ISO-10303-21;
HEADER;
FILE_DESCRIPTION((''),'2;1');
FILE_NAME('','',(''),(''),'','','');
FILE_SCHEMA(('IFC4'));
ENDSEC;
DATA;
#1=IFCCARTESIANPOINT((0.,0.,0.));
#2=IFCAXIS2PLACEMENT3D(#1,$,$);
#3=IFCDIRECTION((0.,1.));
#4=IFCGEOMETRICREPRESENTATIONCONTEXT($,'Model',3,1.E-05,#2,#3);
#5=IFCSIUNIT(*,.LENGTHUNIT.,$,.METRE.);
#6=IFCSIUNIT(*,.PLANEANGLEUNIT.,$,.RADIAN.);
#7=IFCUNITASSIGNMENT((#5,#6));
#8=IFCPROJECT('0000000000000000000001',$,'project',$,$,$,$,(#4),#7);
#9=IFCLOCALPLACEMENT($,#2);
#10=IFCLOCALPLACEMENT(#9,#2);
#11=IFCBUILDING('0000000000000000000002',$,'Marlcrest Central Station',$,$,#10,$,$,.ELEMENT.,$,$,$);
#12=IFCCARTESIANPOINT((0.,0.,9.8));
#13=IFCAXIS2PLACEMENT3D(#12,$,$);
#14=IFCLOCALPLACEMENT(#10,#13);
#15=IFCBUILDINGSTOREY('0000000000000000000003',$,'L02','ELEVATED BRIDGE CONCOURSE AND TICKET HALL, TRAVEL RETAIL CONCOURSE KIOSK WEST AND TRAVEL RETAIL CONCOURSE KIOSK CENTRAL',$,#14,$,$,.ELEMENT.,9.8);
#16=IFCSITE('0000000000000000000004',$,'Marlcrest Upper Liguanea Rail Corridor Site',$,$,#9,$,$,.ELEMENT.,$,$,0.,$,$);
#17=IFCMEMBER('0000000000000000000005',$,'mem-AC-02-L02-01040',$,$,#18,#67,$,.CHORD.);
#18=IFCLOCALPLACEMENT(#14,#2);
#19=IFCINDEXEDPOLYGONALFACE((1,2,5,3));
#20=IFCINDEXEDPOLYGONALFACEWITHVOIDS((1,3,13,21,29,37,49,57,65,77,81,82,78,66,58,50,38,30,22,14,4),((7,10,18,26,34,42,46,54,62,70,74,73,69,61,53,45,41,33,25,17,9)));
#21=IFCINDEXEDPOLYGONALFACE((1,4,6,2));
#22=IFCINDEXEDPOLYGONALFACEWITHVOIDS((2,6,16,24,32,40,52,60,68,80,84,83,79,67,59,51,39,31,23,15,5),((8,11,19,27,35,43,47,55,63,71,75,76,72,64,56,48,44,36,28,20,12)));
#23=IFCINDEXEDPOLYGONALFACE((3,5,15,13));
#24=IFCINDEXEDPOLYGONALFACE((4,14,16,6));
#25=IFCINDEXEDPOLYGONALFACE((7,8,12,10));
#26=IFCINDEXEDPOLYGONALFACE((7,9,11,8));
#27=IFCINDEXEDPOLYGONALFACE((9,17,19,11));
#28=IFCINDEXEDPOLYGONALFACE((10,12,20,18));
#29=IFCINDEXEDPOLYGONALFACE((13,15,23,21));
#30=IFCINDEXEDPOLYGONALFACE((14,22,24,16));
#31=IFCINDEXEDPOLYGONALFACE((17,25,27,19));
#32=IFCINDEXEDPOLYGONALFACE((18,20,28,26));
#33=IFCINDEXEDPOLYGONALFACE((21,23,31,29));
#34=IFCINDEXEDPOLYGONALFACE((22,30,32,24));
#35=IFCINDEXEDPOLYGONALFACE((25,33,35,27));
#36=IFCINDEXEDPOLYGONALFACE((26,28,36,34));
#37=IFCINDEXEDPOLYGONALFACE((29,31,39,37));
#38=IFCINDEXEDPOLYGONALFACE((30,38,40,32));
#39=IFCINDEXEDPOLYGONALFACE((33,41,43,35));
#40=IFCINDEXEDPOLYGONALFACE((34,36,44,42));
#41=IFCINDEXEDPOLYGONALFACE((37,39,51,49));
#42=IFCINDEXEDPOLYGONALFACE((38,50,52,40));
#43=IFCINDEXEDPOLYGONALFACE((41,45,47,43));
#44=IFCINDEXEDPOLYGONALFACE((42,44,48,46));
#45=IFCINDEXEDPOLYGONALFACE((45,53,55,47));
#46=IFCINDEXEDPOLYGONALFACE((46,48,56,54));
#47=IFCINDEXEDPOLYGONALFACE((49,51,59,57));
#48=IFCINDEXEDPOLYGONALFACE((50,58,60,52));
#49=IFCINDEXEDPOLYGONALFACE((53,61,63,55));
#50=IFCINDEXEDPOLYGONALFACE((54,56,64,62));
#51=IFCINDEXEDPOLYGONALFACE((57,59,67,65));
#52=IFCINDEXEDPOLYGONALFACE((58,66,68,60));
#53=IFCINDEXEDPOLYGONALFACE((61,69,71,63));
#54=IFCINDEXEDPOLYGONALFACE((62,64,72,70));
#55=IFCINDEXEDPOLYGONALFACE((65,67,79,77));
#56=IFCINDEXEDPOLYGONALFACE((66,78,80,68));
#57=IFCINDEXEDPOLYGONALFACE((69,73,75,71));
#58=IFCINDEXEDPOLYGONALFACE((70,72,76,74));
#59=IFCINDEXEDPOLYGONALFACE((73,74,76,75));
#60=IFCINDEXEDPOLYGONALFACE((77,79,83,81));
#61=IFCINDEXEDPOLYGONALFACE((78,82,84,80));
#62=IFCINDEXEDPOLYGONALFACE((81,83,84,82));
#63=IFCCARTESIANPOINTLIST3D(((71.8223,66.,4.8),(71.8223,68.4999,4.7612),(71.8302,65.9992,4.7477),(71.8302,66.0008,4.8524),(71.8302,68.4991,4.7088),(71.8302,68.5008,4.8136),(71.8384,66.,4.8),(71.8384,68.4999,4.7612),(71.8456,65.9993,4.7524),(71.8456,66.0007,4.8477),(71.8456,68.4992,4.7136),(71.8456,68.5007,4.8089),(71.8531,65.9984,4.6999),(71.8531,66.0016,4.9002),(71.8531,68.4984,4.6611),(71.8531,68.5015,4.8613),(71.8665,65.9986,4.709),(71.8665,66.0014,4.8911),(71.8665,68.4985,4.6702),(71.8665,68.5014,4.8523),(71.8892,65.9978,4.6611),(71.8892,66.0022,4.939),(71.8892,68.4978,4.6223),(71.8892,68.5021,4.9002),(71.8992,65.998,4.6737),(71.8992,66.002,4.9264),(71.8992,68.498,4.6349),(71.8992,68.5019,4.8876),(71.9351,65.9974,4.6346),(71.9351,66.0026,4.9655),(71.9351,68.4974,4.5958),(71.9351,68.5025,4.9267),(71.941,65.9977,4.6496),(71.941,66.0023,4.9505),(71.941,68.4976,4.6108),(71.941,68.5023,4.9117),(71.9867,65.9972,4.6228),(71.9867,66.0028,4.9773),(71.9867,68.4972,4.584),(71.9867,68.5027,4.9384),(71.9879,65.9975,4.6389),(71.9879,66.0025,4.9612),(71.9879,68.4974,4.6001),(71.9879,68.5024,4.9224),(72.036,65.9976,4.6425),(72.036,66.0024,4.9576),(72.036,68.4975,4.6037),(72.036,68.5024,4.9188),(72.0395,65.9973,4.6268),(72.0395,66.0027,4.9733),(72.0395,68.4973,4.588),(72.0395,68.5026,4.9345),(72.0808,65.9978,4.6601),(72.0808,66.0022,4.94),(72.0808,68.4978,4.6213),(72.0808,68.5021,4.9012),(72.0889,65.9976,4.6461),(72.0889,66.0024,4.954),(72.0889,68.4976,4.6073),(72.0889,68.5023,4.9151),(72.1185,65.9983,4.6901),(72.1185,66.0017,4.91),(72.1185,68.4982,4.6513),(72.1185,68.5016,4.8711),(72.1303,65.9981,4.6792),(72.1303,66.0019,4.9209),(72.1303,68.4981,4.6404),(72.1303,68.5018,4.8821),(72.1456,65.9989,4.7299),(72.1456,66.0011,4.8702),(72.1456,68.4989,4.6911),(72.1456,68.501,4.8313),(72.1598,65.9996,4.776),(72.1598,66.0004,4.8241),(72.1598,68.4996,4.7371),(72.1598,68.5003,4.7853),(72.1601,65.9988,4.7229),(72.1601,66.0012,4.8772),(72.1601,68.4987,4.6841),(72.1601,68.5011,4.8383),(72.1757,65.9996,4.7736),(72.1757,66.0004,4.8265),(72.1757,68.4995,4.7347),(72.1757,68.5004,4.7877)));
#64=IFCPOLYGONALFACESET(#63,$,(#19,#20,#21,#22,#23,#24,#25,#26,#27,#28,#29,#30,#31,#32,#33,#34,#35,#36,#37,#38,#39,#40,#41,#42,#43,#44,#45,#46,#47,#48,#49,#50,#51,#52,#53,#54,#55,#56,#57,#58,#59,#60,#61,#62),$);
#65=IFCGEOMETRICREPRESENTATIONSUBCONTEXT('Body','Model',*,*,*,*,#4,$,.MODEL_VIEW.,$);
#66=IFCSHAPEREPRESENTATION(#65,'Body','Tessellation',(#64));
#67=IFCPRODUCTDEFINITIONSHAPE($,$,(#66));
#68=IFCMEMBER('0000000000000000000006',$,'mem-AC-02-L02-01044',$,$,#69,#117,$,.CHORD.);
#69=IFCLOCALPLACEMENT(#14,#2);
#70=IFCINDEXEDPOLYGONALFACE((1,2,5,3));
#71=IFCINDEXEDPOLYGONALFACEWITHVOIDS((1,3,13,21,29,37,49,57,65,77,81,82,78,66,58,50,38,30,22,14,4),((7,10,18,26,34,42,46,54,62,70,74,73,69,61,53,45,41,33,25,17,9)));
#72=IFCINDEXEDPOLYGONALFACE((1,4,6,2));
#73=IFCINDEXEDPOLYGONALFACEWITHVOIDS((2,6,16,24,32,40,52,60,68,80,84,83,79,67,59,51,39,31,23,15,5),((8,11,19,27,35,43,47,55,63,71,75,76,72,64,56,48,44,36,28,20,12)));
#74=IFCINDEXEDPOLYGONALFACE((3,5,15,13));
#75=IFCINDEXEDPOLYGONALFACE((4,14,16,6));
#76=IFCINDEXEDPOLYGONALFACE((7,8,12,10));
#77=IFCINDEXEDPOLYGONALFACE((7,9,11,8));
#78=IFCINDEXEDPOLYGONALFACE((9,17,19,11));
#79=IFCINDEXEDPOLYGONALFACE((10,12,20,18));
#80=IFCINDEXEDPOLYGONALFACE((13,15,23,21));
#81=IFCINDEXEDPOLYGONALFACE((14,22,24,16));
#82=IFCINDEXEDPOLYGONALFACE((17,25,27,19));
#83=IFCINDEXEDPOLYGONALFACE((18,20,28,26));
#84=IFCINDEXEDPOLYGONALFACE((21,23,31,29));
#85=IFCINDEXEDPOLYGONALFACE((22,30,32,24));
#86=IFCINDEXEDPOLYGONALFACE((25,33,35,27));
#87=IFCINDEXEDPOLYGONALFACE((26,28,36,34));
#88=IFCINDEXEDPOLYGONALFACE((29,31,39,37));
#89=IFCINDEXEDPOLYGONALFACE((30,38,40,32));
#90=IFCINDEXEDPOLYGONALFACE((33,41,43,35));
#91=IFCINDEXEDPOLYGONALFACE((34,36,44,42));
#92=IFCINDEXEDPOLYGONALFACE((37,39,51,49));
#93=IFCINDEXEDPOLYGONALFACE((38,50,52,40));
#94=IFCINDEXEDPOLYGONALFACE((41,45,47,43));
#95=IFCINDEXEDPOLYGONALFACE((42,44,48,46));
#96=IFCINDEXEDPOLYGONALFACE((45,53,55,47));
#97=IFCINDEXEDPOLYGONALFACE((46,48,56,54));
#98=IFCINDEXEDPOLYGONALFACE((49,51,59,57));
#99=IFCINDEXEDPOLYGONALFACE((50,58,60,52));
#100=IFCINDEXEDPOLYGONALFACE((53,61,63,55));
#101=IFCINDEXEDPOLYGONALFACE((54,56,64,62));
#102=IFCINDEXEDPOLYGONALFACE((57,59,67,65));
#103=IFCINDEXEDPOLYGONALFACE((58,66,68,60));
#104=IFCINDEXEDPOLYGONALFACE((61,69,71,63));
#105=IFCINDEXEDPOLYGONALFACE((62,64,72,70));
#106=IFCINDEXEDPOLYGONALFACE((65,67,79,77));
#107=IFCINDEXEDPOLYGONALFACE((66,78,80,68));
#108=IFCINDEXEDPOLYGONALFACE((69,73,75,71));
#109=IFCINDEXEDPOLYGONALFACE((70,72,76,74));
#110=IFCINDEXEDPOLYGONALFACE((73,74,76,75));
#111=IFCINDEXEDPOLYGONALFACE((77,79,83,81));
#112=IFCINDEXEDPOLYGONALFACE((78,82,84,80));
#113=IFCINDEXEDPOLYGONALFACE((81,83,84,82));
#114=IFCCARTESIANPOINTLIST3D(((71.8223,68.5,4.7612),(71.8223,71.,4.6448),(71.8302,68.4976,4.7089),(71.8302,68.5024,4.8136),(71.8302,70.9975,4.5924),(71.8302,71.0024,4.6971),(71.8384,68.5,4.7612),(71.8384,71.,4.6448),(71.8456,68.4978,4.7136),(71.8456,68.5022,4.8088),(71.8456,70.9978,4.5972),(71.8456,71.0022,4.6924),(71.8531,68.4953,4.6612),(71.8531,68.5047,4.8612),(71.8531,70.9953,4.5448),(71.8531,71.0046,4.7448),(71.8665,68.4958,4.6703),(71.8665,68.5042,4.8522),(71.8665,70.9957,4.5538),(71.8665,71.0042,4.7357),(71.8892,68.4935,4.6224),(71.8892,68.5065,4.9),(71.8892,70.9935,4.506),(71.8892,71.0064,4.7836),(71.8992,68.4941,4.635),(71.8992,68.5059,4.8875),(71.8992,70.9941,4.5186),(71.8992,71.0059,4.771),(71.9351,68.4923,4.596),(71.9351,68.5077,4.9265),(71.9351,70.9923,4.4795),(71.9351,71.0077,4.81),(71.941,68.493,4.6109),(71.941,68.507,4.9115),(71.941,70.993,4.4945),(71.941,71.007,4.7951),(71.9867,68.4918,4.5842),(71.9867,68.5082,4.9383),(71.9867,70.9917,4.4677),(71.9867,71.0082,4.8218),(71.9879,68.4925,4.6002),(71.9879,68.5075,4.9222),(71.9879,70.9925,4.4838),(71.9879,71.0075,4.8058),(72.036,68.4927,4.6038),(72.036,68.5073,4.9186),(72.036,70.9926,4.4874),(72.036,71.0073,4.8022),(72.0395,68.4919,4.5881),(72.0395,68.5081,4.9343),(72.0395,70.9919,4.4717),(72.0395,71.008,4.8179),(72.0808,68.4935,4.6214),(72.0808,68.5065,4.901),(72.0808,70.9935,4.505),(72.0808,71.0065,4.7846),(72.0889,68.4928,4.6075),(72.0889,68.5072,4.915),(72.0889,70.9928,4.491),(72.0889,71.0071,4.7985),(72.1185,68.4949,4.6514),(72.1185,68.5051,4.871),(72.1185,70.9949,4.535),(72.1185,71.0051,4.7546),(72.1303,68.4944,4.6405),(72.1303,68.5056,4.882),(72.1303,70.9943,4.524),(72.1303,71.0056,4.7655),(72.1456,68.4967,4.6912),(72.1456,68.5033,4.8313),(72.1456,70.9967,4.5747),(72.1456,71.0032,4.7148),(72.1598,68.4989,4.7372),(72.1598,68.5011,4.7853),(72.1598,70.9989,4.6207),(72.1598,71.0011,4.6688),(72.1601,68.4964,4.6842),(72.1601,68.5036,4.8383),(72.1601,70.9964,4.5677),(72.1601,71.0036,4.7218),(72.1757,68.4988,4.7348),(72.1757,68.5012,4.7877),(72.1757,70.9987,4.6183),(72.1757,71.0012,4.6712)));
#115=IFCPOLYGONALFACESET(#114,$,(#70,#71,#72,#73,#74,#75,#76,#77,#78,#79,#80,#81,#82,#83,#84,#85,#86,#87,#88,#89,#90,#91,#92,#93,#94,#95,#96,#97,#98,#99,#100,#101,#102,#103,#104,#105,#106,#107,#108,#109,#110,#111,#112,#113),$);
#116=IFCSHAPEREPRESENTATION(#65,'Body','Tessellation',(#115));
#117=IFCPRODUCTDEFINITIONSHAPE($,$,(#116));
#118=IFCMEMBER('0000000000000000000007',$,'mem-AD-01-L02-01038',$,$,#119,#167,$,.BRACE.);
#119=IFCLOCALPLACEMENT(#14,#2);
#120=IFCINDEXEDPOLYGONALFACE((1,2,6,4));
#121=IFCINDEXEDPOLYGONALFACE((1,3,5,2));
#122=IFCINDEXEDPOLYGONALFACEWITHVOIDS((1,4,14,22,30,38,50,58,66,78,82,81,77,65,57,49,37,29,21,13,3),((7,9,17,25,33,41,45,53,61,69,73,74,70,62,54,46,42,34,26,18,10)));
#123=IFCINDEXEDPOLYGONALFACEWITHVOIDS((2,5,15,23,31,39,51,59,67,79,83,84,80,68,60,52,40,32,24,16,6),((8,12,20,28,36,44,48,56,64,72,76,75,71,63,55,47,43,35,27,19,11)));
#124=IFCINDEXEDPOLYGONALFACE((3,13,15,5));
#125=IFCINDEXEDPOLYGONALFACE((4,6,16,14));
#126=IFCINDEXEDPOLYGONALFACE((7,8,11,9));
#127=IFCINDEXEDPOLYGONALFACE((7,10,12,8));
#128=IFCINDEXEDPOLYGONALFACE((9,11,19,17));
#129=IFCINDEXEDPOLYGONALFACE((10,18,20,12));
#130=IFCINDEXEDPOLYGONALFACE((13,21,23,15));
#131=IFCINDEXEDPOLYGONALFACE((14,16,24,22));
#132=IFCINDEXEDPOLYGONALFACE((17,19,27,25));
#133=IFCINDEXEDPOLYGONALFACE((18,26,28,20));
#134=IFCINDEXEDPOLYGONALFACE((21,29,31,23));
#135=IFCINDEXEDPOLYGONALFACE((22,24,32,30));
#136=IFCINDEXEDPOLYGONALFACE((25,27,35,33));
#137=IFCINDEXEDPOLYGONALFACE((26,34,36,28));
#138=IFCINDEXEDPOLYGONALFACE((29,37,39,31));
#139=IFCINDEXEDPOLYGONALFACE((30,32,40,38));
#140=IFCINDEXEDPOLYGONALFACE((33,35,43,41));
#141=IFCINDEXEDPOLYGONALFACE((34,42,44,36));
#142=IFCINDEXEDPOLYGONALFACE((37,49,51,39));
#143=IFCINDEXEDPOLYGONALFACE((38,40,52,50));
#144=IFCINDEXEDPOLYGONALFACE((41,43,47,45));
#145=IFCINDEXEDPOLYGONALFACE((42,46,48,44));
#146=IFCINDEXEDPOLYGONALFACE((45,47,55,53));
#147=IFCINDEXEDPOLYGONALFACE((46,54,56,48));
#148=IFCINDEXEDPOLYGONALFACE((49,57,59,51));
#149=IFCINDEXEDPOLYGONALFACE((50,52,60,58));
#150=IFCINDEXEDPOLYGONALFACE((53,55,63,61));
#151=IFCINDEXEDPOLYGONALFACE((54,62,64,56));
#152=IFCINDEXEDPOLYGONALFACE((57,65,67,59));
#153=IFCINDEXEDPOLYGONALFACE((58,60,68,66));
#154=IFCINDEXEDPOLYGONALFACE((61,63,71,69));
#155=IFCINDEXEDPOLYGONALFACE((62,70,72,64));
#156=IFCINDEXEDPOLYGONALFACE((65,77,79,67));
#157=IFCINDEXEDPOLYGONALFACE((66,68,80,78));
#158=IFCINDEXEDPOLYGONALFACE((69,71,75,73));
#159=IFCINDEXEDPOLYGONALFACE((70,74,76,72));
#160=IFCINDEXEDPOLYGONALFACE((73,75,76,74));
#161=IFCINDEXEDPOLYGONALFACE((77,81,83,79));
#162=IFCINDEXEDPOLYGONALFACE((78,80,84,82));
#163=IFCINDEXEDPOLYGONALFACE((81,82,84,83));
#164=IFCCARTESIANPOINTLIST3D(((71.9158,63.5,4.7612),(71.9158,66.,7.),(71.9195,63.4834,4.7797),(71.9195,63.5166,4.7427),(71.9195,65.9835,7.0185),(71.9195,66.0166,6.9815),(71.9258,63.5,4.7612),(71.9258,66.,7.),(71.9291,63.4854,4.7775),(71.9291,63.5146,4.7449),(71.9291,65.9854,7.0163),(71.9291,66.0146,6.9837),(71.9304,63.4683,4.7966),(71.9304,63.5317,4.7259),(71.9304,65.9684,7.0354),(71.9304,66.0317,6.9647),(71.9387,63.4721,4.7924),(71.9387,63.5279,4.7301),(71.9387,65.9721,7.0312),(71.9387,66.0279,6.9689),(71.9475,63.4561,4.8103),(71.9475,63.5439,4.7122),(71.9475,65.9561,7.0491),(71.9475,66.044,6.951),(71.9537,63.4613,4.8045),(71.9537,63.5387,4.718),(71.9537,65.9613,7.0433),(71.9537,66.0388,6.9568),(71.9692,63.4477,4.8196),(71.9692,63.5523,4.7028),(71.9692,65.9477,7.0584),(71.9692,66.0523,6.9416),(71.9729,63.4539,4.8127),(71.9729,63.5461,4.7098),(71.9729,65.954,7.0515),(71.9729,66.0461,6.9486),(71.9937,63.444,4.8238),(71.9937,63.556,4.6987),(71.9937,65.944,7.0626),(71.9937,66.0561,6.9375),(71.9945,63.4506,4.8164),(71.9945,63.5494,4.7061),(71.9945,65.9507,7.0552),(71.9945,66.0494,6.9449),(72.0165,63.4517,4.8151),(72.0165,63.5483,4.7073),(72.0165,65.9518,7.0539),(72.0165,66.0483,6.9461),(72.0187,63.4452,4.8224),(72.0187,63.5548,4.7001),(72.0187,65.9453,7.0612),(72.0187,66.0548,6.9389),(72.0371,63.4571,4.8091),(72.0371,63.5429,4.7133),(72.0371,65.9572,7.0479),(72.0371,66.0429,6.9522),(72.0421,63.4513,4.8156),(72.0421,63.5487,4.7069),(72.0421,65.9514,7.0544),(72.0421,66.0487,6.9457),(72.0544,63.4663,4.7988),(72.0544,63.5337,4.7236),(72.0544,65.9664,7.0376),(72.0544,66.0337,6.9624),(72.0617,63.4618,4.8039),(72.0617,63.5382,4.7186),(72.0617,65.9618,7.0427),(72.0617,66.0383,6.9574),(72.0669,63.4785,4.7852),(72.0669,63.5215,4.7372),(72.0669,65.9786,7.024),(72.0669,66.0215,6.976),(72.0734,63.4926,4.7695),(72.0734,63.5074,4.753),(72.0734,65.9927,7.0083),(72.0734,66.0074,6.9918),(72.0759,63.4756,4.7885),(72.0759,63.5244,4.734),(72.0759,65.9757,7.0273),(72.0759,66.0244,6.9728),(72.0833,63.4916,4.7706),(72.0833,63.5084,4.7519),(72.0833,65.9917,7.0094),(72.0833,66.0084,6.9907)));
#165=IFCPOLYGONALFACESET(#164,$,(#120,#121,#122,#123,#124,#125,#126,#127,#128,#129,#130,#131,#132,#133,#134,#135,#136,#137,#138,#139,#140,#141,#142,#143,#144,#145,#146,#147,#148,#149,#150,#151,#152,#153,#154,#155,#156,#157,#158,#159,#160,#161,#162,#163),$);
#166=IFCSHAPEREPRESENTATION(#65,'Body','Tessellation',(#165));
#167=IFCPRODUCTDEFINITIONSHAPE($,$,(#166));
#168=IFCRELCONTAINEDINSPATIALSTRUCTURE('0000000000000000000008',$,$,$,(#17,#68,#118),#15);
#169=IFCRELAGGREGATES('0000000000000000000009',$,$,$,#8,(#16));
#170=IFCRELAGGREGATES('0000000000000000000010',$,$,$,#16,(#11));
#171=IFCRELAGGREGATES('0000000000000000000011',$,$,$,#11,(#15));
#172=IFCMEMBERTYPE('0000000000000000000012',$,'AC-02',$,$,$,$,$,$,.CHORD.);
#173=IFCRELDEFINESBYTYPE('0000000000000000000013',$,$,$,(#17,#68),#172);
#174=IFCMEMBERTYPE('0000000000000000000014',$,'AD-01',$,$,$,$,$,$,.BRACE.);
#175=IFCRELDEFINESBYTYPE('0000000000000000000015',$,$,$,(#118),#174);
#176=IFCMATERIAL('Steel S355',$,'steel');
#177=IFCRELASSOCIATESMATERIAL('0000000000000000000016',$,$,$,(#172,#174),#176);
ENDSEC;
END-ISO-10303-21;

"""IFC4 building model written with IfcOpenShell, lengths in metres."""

from ifc_helpers import new_model, si_unit, direction, frame, origin, origin_2d, place, context, subcontext, project, spatial, hollow_circle, extrude, material, material_profile, profile_set, type_object, element, save


model = new_model("IFC4")

# Units and contexts
model_context = context("Model", 3, precision=1e-05, world=origin(), true_north=direction((0.0, 1.0)))
body_context = subcontext(model_context, "Body", "Model", "MODEL_VIEW")
ifc_project = project(units=[si_unit("LENGTHUNIT", "METRE"), si_unit("PLANEANGLEUNIT", "RADIAN")], contexts=[model_context])

# Site, building, storey
site_placement = place(None, origin())
site = spatial("IfcSite", under=ifc_project, at=site_placement, Name="Marlcrest Upper Liguanea Rail Corridor Site", CompositionType="ELEMENT", RefElevation=0.0)
building_placement = place(site_placement, origin())
building = spatial("IfcBuilding", under=site, at=building_placement, Name="Marlcrest Central Station", CompositionType="ELEMENT")
storey_placement = place(building_placement, frame((0.0, 0.0, 9.8)))
storey = spatial("IfcBuildingStorey", under=building, at=storey_placement, Name="L02", Description="ELEVATED BRIDGE CONCOURSE AND TICKET HALL, TRAVEL RETAIL CONCOURSE KIOSK WEST AND TRAVEL RETAIL CONCOURSE KIOSK CENTRAL", CompositionType="ELEMENT", Elevation=9.8)

# Members
ifc_material_1 = material(Name="Steel S355", Category="steel")
ifc_material_profile_1 = material_profile(ifc_material_1, hollow_circle(Radius=0.1777, WallThickness=0.0161, at=origin_2d()), Name="CHS 355.6x16")
ifc_profile_set_1 = profile_set([ifc_material_profile_1], Name="Steel S355")
member_type_1 = type_object("IfcMemberType", Name="AC-02", PredefinedType="CHORD", material=ifc_profile_set_1)
member_1_placement = place(storey_placement, frame((72.0, 66.0, 4.8), z_axis=(0.0, 0.999879, -0.015525), x_axis=(-1.0, 0.0, 0.0)))
element("IfcMember", 1, at=member_1_placement, inside=storey, type_object=member_type_1, Name="mem-AC-02-L02-01040", PredefinedType="CHORD", context=body_context, shape_type="SweptSolid", body=[
    extrude(hollow_circle(Radius=0.1777, WallThickness=0.0161, at=origin_2d()), origin(), (0.0, 0.0, 1.0), 2.5002),
])
member_2_placement = place(storey_placement, frame((72.0, 68.5, 4.7612), z_axis=(0.0, 0.998917, -0.046532), x_axis=(-1.0, 0.0, 0.0)))
element("IfcMember", 2, at=member_2_placement, inside=storey, type_object=member_type_1, Name="mem-AC-02-L02-01044", PredefinedType="CHORD", context=body_context, shape_type="SweptSolid", body=[
    extrude(hollow_circle(Radius=0.1777, WallThickness=0.0161, at=origin_2d()), origin(), (0.0, 0.0, 1.0), 2.5027),
])
ifc_material_profile_2 = material_profile(ifc_material_1, hollow_circle(Radius=0.0842, WallThickness=0.01, at=origin_2d()), Name="CHS 168.3x10")
ifc_profile_set_2 = profile_set([ifc_material_profile_2], Name="Steel S355")
member_type_2 = type_object("IfcMemberType", Name="AD-01", PredefinedType="BRACE", material=ifc_profile_set_2)
for number, where, z_axis, x_axis, name in (
    (3, (72.0, 63.5, 4.7612), (0.0, 0.744956, 0.667114), (-1.0, 0.0, 0.0), "mem-AD-01-L02-01038"),
):
    element("IfcMember", number, at=place(storey_placement, frame(where, z_axis=z_axis, x_axis=x_axis)), inside=storey, type_object=member_type_2, Name=name, PredefinedType="BRACE", context=body_context, shape_type="SweptSolid", body=[
        extrude(hollow_circle(Radius=0.0842, WallThickness=0.01, at=origin_2d()), origin(), (0.0, 0.0, 1.0), 3.356),
    ])

save(model, "model.ifc")
